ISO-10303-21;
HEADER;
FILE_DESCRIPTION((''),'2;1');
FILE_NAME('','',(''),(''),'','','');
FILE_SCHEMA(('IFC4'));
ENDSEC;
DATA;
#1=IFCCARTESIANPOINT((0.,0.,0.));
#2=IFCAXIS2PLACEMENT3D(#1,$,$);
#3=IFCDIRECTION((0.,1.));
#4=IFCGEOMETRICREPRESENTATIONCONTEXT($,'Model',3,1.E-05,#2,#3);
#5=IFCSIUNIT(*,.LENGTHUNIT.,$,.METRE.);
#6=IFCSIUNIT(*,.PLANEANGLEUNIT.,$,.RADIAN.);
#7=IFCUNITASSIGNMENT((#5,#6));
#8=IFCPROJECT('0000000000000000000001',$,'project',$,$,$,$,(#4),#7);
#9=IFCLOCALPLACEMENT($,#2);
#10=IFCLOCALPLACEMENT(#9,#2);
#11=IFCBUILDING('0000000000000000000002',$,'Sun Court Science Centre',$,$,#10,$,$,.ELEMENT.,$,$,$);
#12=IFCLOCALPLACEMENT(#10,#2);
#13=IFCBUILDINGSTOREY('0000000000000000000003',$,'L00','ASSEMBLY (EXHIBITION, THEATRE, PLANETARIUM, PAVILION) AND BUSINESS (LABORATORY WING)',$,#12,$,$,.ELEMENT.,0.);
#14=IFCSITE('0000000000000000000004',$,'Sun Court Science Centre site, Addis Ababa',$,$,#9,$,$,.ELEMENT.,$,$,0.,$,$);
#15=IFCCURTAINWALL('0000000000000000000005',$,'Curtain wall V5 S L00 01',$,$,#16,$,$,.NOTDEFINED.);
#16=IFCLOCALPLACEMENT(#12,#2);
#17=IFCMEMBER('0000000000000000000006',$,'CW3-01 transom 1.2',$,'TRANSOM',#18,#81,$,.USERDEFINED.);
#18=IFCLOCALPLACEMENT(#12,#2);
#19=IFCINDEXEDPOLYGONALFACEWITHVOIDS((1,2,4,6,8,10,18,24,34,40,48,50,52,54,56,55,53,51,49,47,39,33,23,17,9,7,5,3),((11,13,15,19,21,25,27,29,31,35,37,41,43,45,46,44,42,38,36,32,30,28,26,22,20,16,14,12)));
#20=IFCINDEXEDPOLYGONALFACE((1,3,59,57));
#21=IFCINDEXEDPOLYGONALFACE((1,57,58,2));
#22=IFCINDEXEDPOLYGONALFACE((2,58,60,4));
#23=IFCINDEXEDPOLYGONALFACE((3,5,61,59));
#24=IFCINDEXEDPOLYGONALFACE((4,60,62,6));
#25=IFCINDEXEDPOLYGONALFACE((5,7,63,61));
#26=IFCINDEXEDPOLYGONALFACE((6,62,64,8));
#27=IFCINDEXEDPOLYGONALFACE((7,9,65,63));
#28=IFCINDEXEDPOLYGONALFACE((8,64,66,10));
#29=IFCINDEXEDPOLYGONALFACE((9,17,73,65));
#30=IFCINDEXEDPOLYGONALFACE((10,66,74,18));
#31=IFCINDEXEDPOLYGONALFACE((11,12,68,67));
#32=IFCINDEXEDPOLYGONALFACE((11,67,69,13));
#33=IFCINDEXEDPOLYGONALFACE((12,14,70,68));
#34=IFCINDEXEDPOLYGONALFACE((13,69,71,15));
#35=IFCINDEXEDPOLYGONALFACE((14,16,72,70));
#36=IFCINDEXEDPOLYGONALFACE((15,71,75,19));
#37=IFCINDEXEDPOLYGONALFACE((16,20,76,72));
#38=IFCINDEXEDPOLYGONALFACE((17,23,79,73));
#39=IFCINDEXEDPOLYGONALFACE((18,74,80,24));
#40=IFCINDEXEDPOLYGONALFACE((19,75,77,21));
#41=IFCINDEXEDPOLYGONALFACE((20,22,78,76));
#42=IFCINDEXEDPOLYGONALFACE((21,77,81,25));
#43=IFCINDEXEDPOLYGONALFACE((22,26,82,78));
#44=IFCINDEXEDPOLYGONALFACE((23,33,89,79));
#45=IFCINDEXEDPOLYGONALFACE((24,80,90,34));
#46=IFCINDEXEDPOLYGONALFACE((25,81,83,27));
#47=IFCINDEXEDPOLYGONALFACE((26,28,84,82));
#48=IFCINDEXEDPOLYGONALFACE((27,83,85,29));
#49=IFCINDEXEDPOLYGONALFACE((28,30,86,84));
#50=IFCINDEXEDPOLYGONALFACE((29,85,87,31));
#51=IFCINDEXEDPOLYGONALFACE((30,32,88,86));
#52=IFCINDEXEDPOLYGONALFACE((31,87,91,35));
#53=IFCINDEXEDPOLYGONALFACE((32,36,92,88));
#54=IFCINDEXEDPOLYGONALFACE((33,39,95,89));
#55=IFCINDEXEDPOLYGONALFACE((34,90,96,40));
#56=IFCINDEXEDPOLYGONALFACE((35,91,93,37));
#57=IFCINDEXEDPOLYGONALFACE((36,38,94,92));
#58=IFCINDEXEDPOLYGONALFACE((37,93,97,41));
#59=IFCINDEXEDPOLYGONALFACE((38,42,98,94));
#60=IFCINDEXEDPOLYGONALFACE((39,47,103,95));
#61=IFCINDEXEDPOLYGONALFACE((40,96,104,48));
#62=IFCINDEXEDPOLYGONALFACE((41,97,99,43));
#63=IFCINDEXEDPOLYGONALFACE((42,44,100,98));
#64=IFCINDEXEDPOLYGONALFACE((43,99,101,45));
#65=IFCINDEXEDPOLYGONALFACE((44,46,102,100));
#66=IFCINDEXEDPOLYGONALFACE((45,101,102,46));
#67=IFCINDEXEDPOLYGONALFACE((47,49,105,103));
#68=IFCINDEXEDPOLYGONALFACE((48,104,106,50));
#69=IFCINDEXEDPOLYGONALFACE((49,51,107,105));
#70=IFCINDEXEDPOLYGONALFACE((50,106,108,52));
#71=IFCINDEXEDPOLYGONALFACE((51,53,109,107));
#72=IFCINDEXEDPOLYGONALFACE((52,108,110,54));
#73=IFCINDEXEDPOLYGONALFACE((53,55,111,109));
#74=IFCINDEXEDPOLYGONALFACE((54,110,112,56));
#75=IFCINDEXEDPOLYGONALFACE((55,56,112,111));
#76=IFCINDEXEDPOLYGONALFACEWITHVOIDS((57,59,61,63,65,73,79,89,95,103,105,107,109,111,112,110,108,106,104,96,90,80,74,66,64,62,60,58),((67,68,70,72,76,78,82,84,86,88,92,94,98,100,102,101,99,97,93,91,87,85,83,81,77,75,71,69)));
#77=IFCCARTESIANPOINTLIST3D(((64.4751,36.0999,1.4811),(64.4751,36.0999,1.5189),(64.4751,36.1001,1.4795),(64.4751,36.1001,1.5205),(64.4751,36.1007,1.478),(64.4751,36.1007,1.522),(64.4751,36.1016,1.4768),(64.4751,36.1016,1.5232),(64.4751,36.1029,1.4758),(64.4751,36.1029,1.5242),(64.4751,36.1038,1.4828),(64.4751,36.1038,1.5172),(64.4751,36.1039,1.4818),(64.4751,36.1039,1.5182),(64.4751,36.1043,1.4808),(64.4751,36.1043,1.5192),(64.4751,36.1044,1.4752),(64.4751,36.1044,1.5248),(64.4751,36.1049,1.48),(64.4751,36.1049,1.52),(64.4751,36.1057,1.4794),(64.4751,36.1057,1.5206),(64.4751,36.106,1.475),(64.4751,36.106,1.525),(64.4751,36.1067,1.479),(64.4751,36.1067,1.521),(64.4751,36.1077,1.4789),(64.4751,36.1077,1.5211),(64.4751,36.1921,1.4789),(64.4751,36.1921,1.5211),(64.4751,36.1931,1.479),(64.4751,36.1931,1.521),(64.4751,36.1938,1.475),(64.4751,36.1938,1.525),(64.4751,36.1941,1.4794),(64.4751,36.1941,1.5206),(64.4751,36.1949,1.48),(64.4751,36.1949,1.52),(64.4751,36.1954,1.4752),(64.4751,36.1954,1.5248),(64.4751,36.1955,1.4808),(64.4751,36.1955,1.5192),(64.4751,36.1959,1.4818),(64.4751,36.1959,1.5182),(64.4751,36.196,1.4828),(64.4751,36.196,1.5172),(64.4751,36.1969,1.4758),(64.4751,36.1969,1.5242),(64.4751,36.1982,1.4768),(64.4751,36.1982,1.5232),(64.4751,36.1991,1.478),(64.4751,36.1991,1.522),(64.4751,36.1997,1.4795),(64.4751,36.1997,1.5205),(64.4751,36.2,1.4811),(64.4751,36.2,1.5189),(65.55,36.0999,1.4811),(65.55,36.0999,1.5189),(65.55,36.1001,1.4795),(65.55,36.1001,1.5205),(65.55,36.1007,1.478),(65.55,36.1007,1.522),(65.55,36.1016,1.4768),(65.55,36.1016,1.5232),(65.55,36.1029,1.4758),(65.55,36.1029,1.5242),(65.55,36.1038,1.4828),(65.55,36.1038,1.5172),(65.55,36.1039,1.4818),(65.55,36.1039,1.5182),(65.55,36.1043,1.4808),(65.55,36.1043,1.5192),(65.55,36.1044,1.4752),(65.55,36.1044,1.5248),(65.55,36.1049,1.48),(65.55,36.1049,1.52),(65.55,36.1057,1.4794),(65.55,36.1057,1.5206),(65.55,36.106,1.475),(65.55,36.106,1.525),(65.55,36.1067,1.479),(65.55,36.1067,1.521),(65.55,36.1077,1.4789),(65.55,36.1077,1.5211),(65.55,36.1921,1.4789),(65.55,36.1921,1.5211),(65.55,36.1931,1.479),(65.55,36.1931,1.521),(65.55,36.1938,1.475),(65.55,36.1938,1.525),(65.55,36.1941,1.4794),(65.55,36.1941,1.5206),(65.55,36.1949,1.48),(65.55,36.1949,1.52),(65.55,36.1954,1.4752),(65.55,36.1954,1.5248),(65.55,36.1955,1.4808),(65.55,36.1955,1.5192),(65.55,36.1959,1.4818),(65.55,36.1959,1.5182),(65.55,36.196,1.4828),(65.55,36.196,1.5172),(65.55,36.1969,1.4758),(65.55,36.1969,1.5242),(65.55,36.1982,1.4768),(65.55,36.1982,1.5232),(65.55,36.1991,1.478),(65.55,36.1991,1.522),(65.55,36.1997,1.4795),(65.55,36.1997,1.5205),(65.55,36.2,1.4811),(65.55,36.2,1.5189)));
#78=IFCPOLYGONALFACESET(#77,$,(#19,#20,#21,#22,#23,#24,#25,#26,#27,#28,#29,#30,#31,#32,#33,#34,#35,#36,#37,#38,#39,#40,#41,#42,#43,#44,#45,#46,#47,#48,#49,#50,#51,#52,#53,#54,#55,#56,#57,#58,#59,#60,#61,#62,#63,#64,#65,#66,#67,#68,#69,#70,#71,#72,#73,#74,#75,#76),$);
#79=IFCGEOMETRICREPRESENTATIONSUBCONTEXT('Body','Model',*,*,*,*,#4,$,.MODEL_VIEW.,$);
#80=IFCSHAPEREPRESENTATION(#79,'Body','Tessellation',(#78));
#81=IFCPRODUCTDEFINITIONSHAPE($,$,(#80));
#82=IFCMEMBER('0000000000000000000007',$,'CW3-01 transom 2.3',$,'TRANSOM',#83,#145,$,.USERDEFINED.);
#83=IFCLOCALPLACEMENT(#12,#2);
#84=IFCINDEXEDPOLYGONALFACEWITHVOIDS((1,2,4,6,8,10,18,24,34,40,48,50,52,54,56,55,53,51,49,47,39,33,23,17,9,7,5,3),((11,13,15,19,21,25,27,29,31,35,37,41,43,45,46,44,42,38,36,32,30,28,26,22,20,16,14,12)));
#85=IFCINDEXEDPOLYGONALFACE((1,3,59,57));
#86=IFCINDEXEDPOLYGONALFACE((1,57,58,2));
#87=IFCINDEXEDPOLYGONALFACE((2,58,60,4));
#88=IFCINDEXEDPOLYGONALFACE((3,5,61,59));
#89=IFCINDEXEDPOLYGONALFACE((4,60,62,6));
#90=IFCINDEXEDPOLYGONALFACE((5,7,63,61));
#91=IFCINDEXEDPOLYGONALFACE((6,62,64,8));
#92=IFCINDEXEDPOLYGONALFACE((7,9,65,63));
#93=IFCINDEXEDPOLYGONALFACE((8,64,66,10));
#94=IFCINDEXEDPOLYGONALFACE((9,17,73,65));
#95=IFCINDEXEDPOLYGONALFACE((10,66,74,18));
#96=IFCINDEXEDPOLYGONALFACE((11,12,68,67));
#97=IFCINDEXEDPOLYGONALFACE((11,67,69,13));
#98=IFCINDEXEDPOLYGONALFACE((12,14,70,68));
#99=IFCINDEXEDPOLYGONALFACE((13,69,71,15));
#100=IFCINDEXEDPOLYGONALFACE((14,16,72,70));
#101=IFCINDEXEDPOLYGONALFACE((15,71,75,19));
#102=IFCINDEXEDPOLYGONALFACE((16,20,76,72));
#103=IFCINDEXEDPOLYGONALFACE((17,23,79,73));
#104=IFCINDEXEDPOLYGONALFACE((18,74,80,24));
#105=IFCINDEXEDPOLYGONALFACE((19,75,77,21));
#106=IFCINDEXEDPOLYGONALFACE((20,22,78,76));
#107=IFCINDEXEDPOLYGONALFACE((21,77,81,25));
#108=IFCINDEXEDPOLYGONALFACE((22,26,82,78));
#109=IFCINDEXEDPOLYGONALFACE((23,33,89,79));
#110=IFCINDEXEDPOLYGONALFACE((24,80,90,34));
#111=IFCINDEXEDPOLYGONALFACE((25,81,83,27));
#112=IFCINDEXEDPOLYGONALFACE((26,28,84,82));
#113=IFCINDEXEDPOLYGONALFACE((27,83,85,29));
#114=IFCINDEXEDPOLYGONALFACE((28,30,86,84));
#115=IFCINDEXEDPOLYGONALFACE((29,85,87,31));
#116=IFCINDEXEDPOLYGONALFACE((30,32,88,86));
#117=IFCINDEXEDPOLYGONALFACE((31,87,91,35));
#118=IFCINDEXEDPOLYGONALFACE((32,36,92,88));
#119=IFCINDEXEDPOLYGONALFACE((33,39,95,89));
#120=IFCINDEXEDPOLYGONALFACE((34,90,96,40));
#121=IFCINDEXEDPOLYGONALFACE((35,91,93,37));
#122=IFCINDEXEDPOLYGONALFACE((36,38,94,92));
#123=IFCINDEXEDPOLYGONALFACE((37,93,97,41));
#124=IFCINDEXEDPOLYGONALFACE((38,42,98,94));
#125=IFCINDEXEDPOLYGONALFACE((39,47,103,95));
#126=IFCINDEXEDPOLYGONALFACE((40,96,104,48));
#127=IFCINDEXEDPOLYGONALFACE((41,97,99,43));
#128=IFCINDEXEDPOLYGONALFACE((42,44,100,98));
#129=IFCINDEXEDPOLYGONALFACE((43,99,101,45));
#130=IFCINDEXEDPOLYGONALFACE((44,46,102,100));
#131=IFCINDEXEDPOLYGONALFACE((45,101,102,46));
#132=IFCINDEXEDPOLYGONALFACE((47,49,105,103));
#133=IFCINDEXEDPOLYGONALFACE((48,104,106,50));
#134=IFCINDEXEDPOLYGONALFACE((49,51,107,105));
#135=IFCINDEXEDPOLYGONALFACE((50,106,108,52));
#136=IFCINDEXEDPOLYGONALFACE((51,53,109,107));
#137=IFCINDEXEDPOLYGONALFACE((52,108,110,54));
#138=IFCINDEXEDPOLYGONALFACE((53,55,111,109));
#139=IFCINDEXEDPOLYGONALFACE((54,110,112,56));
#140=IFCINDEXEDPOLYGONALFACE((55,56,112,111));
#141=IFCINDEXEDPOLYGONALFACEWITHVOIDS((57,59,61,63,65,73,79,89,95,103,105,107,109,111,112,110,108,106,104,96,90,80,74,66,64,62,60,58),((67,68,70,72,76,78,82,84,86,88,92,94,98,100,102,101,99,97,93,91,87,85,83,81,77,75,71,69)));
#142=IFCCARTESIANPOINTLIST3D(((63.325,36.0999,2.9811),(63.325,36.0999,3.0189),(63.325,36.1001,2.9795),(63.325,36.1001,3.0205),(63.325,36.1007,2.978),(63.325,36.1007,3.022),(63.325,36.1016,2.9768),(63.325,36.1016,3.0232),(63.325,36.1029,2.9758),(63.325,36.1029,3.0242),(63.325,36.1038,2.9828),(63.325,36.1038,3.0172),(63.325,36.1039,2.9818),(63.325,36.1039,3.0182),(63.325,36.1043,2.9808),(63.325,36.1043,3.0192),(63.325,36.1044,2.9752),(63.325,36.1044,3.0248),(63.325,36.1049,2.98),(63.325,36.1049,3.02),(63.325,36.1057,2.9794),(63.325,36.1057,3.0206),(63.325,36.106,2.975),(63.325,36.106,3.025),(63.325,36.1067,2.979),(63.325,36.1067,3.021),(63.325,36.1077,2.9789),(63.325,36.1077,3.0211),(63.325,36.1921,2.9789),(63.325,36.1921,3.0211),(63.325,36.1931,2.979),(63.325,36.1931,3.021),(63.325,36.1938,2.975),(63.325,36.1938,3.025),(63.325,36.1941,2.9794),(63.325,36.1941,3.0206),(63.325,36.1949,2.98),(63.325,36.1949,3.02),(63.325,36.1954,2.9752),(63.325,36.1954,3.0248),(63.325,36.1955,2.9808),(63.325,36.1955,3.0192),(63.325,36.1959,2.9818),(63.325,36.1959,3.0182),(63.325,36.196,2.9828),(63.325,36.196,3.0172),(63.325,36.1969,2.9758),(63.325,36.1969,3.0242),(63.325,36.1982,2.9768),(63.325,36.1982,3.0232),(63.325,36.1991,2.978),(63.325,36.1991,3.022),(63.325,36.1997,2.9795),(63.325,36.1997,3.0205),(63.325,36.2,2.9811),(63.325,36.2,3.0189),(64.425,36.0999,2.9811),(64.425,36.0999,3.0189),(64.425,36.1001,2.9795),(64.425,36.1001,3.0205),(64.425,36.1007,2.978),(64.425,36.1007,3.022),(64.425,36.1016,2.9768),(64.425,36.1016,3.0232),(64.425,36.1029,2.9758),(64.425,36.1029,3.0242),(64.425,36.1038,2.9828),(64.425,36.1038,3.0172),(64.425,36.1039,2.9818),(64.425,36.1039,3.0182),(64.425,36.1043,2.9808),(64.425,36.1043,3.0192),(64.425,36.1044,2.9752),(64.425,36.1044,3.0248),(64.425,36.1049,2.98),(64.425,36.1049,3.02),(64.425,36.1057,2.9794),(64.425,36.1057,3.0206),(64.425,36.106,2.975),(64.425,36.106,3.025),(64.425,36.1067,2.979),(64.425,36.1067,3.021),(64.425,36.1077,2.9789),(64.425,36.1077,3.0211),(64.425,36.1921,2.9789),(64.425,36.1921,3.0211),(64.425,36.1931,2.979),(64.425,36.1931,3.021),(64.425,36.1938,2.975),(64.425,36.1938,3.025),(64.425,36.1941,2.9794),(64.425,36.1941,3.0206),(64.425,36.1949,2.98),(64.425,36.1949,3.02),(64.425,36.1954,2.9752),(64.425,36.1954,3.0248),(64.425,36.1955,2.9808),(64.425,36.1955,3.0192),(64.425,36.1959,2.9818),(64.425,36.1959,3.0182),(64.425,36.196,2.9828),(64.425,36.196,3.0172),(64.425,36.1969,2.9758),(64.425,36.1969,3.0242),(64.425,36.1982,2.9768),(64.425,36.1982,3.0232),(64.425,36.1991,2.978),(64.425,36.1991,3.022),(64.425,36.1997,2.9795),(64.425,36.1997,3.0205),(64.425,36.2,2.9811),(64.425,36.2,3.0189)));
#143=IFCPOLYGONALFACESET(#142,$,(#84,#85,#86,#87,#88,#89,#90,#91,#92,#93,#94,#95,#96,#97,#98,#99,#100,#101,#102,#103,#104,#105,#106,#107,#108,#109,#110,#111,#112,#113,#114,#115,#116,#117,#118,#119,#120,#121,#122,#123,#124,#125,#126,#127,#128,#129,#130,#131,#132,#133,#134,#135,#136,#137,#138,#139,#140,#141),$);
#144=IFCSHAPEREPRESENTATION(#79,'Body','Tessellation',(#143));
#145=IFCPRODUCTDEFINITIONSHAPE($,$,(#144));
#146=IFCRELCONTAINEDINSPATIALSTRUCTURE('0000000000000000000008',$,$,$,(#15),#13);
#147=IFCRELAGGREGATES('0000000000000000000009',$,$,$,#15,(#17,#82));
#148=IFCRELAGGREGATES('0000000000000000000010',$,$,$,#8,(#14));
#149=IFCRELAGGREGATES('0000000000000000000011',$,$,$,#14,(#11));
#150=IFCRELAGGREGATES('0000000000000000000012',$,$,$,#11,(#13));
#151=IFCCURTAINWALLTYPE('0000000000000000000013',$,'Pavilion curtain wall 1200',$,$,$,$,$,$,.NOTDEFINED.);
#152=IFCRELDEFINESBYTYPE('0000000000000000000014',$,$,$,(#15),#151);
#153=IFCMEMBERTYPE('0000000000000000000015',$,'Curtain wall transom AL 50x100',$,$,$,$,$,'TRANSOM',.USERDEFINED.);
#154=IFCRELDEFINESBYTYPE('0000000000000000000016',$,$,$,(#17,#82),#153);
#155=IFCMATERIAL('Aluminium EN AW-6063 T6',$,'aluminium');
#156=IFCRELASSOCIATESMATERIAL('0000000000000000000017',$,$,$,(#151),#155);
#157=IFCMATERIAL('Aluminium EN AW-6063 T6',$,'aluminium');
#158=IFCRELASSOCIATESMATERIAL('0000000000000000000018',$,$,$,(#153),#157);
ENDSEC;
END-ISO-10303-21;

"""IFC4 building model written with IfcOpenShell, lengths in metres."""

from ifc_helpers import new_model, si_unit, direction, frame, origin, origin_2d, place, context, subcontext, project, spatial, hollow_rectangle, extrude, material, material_profile, profile_set, type_object, element, aggregate, save


model = new_model("IFC4")

# Units and contexts
model_context = context("Model", 3, precision=1e-05, world=origin(), true_north=direction((0.0, 1.0)))
body_context = subcontext(model_context, "Body", "Model", "MODEL_VIEW")
ifc_project = project(units=[si_unit("LENGTHUNIT", "METRE"), si_unit("PLANEANGLEUNIT", "RADIAN")], contexts=[model_context])

# Site, building, storey
site_placement = place(None, origin())
site = spatial("IfcSite", under=ifc_project, at=site_placement, Name="Sun Court Science Centre site, Addis Ababa", CompositionType="ELEMENT", RefElevation=0.0)
building_placement = place(site_placement, origin())
building = spatial("IfcBuilding", under=site, at=building_placement, Name="Sun Court Science Centre", CompositionType="ELEMENT")
storey_placement = place(building_placement, origin())
storey = spatial("IfcBuildingStorey", under=building, at=storey_placement, Name="L00", Description="ASSEMBLY (EXHIBITION, THEATRE, PLANETARIUM, PAVILION) AND BUSINESS (LABORATORY WING)", CompositionType="ELEMENT", Elevation=0.0)

# Curtain wall, members
ifc_material_1 = material(Name="Aluminium EN AW-6063 T6", Category="aluminium")
curtain_wall_type = type_object("IfcCurtainWallType", Name="Pavilion curtain wall 1200", PredefinedType="NOTDEFINED", material=ifc_material_1)
curtain_wall_placement = place(storey_placement, origin())
curtain_wall = element("IfcCurtainWall", 1, at=curtain_wall_placement, inside=storey, type_object=curtain_wall_type, Name="Curtain wall V5 S L00 01", PredefinedType="NOTDEFINED")
ifc_material_2 = material(Name="Aluminium EN AW-6063 T6", Category="aluminium")
ifc_material_profile_1 = material_profile(ifc_material_2, hollow_rectangle(XDim=0.05, YDim=0.1001, WallThickness=0.0039, InnerFilletRadius=0.0039, OuterFilletRadius=0.0061, at=origin_2d()), Name="AL 50x100x4")
ifc_profile_set_1 = profile_set([ifc_material_profile_1], Name="Aluminium EN AW-6063 T6")
member_type_1 = type_object("IfcMemberType", Name="Curtain wall transom AL 50x100", ElementType="TRANSOM", PredefinedType="USERDEFINED", material=ifc_profile_set_1)
member_1_placement = place(storey_placement, frame((65.55, 36.1499, 1.5), z_axis=(-1.0, 0.0, 0.0), x_axis=(0.0, 0.0, 1.0)))
member_1 = element("IfcMember", 2, at=member_1_placement, type_object=member_type_1, Name="CW3-01 transom 1.2", ObjectType="TRANSOM", PredefinedType="USERDEFINED", context=body_context, shape_type="SweptSolid", body=[
    extrude(hollow_rectangle(XDim=0.05, YDim=0.1001, WallThickness=0.0039, InnerFilletRadius=0.0039, OuterFilletRadius=0.0061, at=origin_2d()), origin(), (0.0, 0.0, 1.0), 1.075),
])
member_2_placement = place(storey_placement, frame((64.425, 36.1499, 3.0), z_axis=(-1.0, 0.0, 0.0), x_axis=(0.0, 0.0, 1.0)))
member_2 = element("IfcMember", 3, at=member_2_placement, type_object=member_type_1, Name="CW3-01 transom 2.3", ObjectType="TRANSOM", PredefinedType="USERDEFINED", context=body_context, shape_type="SweptSolid", body=[
    extrude(hollow_rectangle(XDim=0.05, YDim=0.1001, WallThickness=0.0039, InnerFilletRadius=0.0039, OuterFilletRadius=0.0061, at=origin_2d()), origin(), (0.0, 0.0, 1.0), 1.1001),
])
aggregate(curtain_wall, [member_1, member_2])

save(model, "model.ifc")
